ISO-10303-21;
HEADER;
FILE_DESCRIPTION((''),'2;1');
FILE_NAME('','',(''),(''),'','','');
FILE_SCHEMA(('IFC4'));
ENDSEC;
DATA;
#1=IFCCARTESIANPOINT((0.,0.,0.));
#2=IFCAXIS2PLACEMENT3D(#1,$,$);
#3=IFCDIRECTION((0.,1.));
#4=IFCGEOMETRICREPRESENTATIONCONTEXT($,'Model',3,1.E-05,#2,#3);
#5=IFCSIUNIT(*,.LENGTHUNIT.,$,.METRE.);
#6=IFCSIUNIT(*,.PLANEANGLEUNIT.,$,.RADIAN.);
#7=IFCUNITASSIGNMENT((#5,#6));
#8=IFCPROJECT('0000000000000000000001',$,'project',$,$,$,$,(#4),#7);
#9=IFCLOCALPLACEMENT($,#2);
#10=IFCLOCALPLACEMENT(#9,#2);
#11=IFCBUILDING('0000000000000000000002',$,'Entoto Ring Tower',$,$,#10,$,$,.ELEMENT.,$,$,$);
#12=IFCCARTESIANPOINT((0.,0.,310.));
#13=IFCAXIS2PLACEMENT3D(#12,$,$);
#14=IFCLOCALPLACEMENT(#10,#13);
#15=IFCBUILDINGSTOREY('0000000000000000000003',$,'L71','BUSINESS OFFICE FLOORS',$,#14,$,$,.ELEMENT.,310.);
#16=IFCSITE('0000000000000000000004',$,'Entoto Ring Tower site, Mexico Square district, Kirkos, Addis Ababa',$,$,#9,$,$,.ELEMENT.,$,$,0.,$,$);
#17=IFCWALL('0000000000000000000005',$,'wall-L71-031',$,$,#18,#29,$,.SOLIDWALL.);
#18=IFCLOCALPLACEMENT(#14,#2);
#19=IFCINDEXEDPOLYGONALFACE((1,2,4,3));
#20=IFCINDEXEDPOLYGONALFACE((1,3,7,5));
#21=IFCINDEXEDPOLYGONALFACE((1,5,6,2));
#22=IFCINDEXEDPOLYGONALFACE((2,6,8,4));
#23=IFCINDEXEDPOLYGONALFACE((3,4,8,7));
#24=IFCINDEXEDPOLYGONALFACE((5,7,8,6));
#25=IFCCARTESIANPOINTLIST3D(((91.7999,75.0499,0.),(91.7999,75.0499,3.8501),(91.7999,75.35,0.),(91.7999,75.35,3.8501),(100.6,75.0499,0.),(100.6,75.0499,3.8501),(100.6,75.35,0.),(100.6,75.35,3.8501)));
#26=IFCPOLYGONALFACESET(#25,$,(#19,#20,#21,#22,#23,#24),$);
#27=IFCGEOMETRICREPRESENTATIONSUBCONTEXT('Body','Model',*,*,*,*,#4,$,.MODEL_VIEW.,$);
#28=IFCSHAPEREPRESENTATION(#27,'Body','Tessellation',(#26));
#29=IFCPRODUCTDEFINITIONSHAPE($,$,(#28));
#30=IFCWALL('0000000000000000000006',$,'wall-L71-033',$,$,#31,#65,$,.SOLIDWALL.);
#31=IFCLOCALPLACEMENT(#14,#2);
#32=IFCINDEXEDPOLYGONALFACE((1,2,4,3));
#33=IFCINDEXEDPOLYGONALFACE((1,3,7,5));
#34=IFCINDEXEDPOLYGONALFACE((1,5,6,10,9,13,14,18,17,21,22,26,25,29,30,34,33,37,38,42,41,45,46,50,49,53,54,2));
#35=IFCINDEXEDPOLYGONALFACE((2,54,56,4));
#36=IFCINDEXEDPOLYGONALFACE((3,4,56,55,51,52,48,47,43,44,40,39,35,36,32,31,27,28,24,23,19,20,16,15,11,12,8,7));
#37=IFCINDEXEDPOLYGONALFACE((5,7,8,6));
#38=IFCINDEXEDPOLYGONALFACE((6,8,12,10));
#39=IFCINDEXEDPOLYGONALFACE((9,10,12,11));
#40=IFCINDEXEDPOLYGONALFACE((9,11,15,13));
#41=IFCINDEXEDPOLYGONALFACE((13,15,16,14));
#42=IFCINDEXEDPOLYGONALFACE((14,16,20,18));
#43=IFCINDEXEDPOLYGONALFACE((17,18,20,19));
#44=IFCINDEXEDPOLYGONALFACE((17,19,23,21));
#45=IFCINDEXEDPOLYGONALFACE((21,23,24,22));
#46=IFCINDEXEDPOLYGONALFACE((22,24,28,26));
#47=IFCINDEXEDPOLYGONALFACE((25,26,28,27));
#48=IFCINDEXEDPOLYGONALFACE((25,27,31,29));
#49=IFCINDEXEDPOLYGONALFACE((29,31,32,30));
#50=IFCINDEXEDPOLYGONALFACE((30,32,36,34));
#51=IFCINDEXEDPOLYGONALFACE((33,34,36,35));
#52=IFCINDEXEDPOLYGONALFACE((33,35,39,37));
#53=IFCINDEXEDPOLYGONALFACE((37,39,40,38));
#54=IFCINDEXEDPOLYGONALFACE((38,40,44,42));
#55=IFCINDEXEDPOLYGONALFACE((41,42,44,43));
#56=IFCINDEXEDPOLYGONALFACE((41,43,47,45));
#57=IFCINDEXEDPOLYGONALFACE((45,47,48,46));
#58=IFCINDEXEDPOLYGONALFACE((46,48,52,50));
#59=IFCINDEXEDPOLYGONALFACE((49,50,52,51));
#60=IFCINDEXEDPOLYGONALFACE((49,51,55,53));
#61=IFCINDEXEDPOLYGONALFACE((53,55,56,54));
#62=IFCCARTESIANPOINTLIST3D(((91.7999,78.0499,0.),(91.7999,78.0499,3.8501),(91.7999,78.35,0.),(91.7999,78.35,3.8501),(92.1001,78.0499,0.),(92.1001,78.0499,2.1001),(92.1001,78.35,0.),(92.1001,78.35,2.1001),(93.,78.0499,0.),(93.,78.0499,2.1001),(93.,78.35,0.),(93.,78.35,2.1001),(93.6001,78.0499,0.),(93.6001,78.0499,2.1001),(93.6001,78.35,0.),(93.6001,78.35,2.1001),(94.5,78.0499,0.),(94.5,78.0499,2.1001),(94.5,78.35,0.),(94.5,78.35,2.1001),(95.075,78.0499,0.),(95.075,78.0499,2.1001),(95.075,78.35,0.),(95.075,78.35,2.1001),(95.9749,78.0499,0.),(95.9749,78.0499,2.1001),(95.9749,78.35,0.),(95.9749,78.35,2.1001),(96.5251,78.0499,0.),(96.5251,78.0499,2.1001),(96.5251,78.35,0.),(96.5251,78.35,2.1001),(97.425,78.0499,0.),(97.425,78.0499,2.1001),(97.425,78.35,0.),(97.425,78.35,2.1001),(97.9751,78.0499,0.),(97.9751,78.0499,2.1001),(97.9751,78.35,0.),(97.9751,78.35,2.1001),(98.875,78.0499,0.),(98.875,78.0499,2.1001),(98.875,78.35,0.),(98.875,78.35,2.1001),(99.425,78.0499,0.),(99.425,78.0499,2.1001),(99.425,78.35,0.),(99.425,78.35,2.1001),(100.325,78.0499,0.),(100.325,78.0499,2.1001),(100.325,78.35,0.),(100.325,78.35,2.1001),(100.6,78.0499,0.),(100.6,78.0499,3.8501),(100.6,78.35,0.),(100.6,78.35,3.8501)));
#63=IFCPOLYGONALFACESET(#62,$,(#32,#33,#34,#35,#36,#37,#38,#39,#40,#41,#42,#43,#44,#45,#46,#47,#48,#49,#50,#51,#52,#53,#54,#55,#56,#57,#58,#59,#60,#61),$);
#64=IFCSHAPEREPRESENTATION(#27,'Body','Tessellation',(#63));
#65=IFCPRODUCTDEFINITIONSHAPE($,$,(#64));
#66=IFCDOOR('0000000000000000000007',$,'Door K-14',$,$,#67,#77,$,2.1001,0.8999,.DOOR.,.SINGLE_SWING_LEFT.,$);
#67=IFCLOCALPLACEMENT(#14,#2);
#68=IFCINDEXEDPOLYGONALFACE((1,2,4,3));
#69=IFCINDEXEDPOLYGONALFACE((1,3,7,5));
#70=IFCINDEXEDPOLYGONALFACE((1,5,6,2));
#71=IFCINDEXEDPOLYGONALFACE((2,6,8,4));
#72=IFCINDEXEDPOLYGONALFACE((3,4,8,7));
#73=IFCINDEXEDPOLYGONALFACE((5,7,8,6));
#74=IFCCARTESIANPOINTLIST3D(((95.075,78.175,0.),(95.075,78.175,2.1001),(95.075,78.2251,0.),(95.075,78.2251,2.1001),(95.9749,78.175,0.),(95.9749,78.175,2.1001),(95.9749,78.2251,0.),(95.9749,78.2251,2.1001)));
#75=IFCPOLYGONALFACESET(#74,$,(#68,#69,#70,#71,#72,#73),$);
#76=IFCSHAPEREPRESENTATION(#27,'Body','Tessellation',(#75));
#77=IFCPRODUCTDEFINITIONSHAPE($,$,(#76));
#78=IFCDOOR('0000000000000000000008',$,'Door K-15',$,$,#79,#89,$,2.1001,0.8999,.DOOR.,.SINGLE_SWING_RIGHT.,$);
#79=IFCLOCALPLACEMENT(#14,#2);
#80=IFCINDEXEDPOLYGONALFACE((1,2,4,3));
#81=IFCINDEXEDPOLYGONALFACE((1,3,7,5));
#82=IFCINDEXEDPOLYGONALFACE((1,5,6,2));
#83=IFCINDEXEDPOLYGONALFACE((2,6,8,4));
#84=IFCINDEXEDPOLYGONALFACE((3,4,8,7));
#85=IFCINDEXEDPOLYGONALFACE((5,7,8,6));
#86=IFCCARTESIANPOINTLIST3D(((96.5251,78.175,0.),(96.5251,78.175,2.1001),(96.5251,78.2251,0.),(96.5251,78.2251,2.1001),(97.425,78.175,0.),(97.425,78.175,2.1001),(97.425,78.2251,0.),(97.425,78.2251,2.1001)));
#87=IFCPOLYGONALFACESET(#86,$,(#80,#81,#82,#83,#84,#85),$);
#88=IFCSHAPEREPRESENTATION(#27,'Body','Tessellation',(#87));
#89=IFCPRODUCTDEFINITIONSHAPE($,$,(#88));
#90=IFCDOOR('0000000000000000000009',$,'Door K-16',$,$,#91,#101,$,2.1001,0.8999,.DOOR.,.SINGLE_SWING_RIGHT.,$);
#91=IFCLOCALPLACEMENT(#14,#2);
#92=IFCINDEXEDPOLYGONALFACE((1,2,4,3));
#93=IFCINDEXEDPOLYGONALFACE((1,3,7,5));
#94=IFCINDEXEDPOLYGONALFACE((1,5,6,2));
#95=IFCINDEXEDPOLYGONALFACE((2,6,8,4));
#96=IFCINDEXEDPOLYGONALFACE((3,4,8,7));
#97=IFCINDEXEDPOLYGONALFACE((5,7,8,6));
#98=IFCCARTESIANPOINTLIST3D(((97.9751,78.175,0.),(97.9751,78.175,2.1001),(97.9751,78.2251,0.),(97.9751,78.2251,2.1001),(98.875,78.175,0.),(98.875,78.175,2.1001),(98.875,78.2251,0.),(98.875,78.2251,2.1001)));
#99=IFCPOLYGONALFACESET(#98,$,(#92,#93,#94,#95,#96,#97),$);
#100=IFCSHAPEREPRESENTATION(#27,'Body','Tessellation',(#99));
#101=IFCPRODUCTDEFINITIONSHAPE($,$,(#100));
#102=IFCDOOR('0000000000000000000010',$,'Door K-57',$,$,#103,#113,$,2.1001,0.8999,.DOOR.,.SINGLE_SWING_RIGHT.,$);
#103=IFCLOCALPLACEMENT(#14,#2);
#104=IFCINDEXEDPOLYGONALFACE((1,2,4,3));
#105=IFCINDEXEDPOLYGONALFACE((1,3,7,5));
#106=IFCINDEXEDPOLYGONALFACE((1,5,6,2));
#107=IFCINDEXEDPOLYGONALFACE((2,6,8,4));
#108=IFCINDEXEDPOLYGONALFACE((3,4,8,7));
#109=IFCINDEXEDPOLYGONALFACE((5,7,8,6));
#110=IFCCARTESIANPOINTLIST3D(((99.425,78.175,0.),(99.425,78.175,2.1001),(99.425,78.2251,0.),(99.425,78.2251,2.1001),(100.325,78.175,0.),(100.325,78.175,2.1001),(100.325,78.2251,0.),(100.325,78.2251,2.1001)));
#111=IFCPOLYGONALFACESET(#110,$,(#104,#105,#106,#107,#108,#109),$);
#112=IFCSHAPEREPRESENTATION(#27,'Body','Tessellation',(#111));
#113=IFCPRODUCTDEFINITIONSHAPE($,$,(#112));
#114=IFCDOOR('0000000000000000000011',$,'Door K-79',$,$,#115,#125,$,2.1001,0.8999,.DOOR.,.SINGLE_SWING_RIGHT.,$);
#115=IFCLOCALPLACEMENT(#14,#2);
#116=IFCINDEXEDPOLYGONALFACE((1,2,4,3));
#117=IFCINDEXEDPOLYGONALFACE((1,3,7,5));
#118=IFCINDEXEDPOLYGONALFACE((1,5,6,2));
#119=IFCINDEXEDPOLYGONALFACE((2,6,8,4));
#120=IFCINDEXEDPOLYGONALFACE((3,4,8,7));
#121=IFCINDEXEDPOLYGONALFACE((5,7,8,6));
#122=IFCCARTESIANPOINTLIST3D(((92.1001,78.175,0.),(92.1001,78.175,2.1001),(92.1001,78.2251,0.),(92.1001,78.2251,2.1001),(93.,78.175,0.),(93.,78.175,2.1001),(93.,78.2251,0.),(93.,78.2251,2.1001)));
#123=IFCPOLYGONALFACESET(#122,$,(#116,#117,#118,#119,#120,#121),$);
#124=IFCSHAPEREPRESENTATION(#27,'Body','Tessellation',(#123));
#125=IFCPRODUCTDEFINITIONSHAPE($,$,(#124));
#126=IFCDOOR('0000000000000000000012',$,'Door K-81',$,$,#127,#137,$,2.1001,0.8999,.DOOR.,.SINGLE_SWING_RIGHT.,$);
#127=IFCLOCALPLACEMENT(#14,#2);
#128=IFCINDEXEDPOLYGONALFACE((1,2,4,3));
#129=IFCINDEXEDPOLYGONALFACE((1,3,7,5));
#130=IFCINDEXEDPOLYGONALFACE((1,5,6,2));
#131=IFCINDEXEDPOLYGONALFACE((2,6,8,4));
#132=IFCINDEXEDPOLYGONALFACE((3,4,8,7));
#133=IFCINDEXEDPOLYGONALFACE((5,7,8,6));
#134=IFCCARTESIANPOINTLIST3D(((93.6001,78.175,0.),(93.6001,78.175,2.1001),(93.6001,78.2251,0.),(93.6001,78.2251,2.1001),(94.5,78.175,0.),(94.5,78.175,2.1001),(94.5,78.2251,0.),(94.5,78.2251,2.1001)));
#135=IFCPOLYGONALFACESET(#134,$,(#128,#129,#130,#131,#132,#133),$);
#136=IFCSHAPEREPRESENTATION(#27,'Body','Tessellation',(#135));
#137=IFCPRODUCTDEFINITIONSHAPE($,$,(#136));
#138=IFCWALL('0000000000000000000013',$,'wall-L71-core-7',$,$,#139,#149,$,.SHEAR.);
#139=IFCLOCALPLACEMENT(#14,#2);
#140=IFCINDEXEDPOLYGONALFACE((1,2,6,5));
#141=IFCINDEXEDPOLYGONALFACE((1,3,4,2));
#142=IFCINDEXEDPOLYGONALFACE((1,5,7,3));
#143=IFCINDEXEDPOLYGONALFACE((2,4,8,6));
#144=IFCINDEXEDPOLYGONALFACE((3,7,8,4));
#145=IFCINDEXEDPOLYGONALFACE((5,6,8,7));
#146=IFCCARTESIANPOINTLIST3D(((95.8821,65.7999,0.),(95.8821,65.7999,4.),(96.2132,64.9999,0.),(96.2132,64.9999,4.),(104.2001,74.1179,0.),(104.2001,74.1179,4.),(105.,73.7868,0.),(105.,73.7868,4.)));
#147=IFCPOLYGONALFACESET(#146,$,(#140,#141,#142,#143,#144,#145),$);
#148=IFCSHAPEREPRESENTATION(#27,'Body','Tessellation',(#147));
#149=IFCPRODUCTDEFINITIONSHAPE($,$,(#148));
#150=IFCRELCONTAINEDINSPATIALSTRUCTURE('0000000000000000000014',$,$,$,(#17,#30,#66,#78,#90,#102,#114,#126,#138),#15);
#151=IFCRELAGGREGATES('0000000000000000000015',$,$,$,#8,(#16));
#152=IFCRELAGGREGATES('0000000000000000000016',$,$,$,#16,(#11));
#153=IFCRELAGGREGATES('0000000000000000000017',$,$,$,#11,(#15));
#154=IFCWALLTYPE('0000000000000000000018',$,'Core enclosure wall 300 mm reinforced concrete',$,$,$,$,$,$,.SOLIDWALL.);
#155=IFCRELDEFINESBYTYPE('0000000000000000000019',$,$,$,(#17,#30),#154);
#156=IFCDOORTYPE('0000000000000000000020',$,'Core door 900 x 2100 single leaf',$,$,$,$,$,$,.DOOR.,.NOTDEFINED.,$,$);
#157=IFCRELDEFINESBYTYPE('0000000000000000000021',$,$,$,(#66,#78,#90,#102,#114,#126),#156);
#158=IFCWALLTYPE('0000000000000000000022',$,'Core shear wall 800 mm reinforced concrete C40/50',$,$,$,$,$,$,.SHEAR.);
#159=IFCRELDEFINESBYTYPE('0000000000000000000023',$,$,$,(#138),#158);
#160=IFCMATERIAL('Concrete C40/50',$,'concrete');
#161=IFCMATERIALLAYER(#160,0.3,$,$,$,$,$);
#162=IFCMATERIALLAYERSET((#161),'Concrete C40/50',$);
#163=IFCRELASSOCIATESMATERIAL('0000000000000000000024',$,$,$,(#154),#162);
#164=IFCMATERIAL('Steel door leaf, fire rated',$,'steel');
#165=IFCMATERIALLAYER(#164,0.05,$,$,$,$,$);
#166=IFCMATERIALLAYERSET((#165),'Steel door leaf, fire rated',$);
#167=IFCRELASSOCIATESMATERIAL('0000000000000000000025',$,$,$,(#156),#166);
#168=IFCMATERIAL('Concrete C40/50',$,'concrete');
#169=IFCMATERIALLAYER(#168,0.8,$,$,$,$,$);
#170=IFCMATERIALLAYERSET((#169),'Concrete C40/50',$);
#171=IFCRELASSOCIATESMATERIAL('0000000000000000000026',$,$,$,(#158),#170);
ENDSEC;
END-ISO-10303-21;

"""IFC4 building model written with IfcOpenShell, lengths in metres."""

from ifc_helpers import new_model, si_unit, direction, frame, frame_2d, origin, place, context, subcontext, project, spatial, polyline, rectangle, outline, extrude, material, layer, layer_set, type_object, element, fill, save


model = new_model("IFC4")

# Units and contexts
model_context = context("Model", 3, precision=1e-05, world=origin(), true_north=direction((0.0, 1.0)))
body_context = subcontext(model_context, "Body", "Model", "MODEL_VIEW")
ifc_project = project(units=[si_unit("LENGTHUNIT", "METRE"), si_unit("PLANEANGLEUNIT", "RADIAN")], contexts=[model_context])

# Site, building, storey
site_placement = place(None, origin())
site = spatial("IfcSite", under=ifc_project, at=site_placement, Name="Entoto Ring Tower site, Mexico Square district, Kirkos, Addis Ababa", CompositionType="ELEMENT", RefElevation=0.0)
building_placement = place(site_placement, origin())
building = spatial("IfcBuilding", under=site, at=building_placement, Name="Entoto Ring Tower", CompositionType="ELEMENT")
storey_placement = place(building_placement, frame((0.0, 0.0, 310.0)))
storey = spatial("IfcBuildingStorey", under=building, at=storey_placement, Name="L71", Description="BUSINESS OFFICE FLOORS", CompositionType="ELEMENT", Elevation=310.0)

# Shared definitions
ifc_material_1 = material(Name="Concrete C40/50", Category="concrete")
ifc_layer_1 = layer(ifc_material_1, 0.3)
ifc_layer_set_1 = layer_set([ifc_layer_1], Name="Concrete C40/50")
wall_type_1 = type_object("IfcWallType", Name="Core enclosure wall 300 mm reinforced concrete", PredefinedType="SOLIDWALL", material=ifc_layer_set_1)

# Shared definitions
ifc_material_2 = material(Name="Steel door leaf, fire rated", Category="steel")
ifc_layer_2 = layer(ifc_material_2, 0.05)
ifc_layer_set_2 = layer_set([ifc_layer_2], Name="Steel door leaf, fire rated")
door_type_1 = type_object("IfcDoorType", Name="Core door 900 x 2100 single leaf", OperationType="NOTDEFINED", PredefinedType="DOOR", material=ifc_layer_set_2)

# Wall
wall_1_placement = place(storey_placement, frame((91.8, 75.2, 0.0), z_axis=(0.0, 0.0, 1.0), x_axis=(1.0, 0.0, 0.0)))
element("IfcWall", 1, at=wall_1_placement, inside=storey, type_object=wall_type_1, Name="wall-L71-031", PredefinedType="SOLIDWALL", context=body_context, shape_type="SweptSolid", body=[
    extrude(rectangle(XDim=8.8, YDim=0.3, at=frame_2d((4.3999, 0.0))), origin(), (0.0, 0.0, 1.0), 3.8501),
])

# Wall, openings, doors
wall_2_placement = place(storey_placement, frame((91.8, 78.2, 0.0), z_axis=(0.0, 0.0, 1.0), x_axis=(1.0, 0.0, 0.0)))
wall_2 = element("IfcWall", 2, at=wall_2_placement, inside=storey, type_object=wall_type_1, Name="wall-L71-033", PredefinedType="SOLIDWALL", context=body_context, shape_type="SweptSolid", body=[
    extrude(rectangle(XDim=8.8, YDim=0.3, at=frame_2d((4.3999, 0.0))), origin(), (0.0, 0.0, 1.0), 3.8501),
])
opening_1_placement = place(wall_2_placement, frame((3.2749, 0.0, 0.0)))
opening_1 = element("IfcOpeningElement", 3, at=opening_1_placement, cuts=wall_2, PredefinedType="OPENING", context=body_context, shape_type="SweptSolid", body=[
    extrude(rectangle(XDim=0.8999, YDim=2.1001, at=frame_2d((0.45, 1.05))), frame((0.0, 0.1602, 0.0), z_axis=(0.0, -1.0, 0.0), x_axis=(1.0, 0.0, 0.0)), (0.0, 0.0, 1.0), 0.3201),
])
opening_2_placement = place(wall_2_placement, frame((4.7251, 0.0, 0.0)))
opening_2 = element("IfcOpeningElement", 4, at=opening_2_placement, cuts=wall_2, PredefinedType="OPENING", context=body_context, shape_type="SweptSolid", body=[
    extrude(rectangle(XDim=0.8999, YDim=2.1001, at=frame_2d((0.45, 1.05))), frame((0.0, 0.1602, 0.0), z_axis=(0.0, -1.0, 0.0), x_axis=(1.0, 0.0, 0.0)), (0.0, 0.0, 1.0), 0.3201),
])
opening_3_placement = place(wall_2_placement, frame((6.175, 0.0, 0.0)))
opening_3 = element("IfcOpeningElement", 5, at=opening_3_placement, cuts=wall_2, PredefinedType="OPENING", context=body_context, shape_type="SweptSolid", body=[
    extrude(rectangle(XDim=0.8999, YDim=2.1001, at=frame_2d((0.45, 1.05))), frame((0.0, 0.1602, 0.0), z_axis=(0.0, -1.0, 0.0), x_axis=(1.0, 0.0, 0.0)), (0.0, 0.0, 1.0), 0.3201),
])
opening_4_placement = place(wall_2_placement, frame((7.625, 0.0, 0.0)))
opening_4 = element("IfcOpeningElement", 6, at=opening_4_placement, cuts=wall_2, PredefinedType="OPENING", context=body_context, shape_type="SweptSolid", body=[
    extrude(rectangle(XDim=0.8999, YDim=2.1001, at=frame_2d((0.45, 1.05))), frame((0.0, 0.1602, 0.0), z_axis=(0.0, -1.0, 0.0), x_axis=(1.0, 0.0, 0.0)), (0.0, 0.0, 1.0), 0.3201),
])
opening_5_placement = place(wall_2_placement, frame((0.3, 0.0, 0.0)))
opening_5 = element("IfcOpeningElement", 7, at=opening_5_placement, cuts=wall_2, PredefinedType="OPENING", context=body_context, shape_type="SweptSolid", body=[
    extrude(rectangle(XDim=0.8999, YDim=2.1001, at=frame_2d((0.45, 1.05))), frame((0.0, 0.1602, 0.0), z_axis=(0.0, -1.0, 0.0), x_axis=(1.0, 0.0, 0.0)), (0.0, 0.0, 1.0), 0.3201),
])
opening_6_placement = place(wall_2_placement, frame((1.8, 0.0, 0.0)))
opening_6 = element("IfcOpeningElement", 8, at=opening_6_placement, cuts=wall_2, PredefinedType="OPENING", context=body_context, shape_type="SweptSolid", body=[
    extrude(rectangle(XDim=0.8999, YDim=2.1001, at=frame_2d((0.45, 1.05))), frame((0.0, 0.1602, 0.0), z_axis=(0.0, -1.0, 0.0), x_axis=(1.0, 0.0, 0.0)), (0.0, 0.0, 1.0), 0.3201),
])
door_1_placement = place(opening_1_placement, frame((0.8999, 0.0, 0.0), z_axis=(0.0, 0.0, 1.0), x_axis=(-1.0, 0.0, 0.0)))
door_1 = element("IfcDoor", 9, at=door_1_placement, inside=storey, type_object=door_type_1, Name="Door K-14", OperationType="SINGLE_SWING_LEFT", OverallHeight=2.1001, OverallWidth=0.8999, PredefinedType="DOOR", context=body_context, shape_type="SweptSolid", body=[
    extrude(rectangle(XDim=0.8999, YDim=2.1001, at=frame_2d((0.45, 1.05))), frame((0.0, 0.0249, 0.0), z_axis=(0.0, -1.0, 0.0), x_axis=(1.0, 0.0, 0.0)), (0.0, 0.0, 1.0), 0.05),
])
fill(opening_1, door_1)
door_2_placement = place(opening_2_placement, frame((0.8999, 0.0, 0.0), z_axis=(0.0, 0.0, 1.0), x_axis=(-1.0, 0.0, 0.0)))
door_2 = element("IfcDoor", 10, at=door_2_placement, inside=storey, type_object=door_type_1, Name="Door K-15", OperationType="SINGLE_SWING_RIGHT", OverallHeight=2.1001, OverallWidth=0.8999, PredefinedType="DOOR", context=body_context, shape_type="SweptSolid", body=[
    extrude(rectangle(XDim=0.8999, YDim=2.1001, at=frame_2d((0.45, 1.05))), frame((0.0, 0.0249, 0.0), z_axis=(0.0, -1.0, 0.0), x_axis=(1.0, 0.0, 0.0)), (0.0, 0.0, 1.0), 0.05),
])
fill(opening_2, door_2)
door_3_placement = place(opening_3_placement, frame((0.8999, 0.0, 0.0), z_axis=(0.0, 0.0, 1.0), x_axis=(-1.0, 0.0, 0.0)))
door_3 = element("IfcDoor", 11, at=door_3_placement, inside=storey, type_object=door_type_1, Name="Door K-16", OperationType="SINGLE_SWING_RIGHT", OverallHeight=2.1001, OverallWidth=0.8999, PredefinedType="DOOR", context=body_context, shape_type="SweptSolid", body=[
    extrude(rectangle(XDim=0.8999, YDim=2.1001, at=frame_2d((0.45, 1.05))), frame((0.0, 0.0249, 0.0), z_axis=(0.0, -1.0, 0.0), x_axis=(1.0, 0.0, 0.0)), (0.0, 0.0, 1.0), 0.05),
])
fill(opening_3, door_3)
door_4_placement = place(opening_4_placement, frame((0.8999, 0.0, 0.0), z_axis=(0.0, 0.0, 1.0), x_axis=(-1.0, 0.0, 0.0)))
door_4 = element("IfcDoor", 12, at=door_4_placement, inside=storey, type_object=door_type_1, Name="Door K-57", OperationType="SINGLE_SWING_RIGHT", OverallHeight=2.1001, OverallWidth=0.8999, PredefinedType="DOOR", context=body_context, shape_type="SweptSolid", body=[
    extrude(rectangle(XDim=0.8999, YDim=2.1001, at=frame_2d((0.45, 1.05))), frame((0.0, 0.0249, 0.0), z_axis=(0.0, -1.0, 0.0), x_axis=(1.0, 0.0, 0.0)), (0.0, 0.0, 1.0), 0.05),
])
fill(opening_4, door_4)
door_5_placement = place(opening_5_placement, frame((0.8999, 0.0, 0.0), z_axis=(0.0, 0.0, 1.0), x_axis=(-1.0, 0.0, 0.0)))
door_5 = element("IfcDoor", 13, at=door_5_placement, inside=storey, type_object=door_type_1, Name="Door K-79", OperationType="SINGLE_SWING_RIGHT", OverallHeight=2.1001, OverallWidth=0.8999, PredefinedType="DOOR", context=body_context, shape_type="SweptSolid", body=[
    extrude(rectangle(XDim=0.8999, YDim=2.1001, at=frame_2d((0.45, 1.05))), frame((0.0, 0.0249, 0.0), z_axis=(0.0, -1.0, 0.0), x_axis=(1.0, 0.0, 0.0)), (0.0, 0.0, 1.0), 0.05),
])
fill(opening_5, door_5)
door_6_placement = place(opening_6_placement, frame((0.8999, 0.0, 0.0), z_axis=(0.0, 0.0, 1.0), x_axis=(-1.0, 0.0, 0.0)))
door_6 = element("IfcDoor", 14, at=door_6_placement, inside=storey, type_object=door_type_1, Name="Door K-81", OperationType="SINGLE_SWING_RIGHT", OverallHeight=2.1001, OverallWidth=0.8999, PredefinedType="DOOR", context=body_context, shape_type="SweptSolid", body=[
    extrude(rectangle(XDim=0.8999, YDim=2.1001, at=frame_2d((0.45, 1.05))), frame((0.0, 0.0249, 0.0), z_axis=(0.0, -1.0, 0.0), x_axis=(1.0, 0.0, 0.0)), (0.0, 0.0, 1.0), 0.05),
])
fill(opening_6, door_6)

# Wall
ifc_material_3 = material(Name="Concrete C40/50", Category="concrete")
ifc_layer_3 = layer(ifc_material_3, 0.8)
ifc_layer_set_3 = layer_set([ifc_layer_3], Name="Concrete C40/50")
wall_type_2 = type_object("IfcWallType", Name="Core shear wall 800 mm reinforced concrete C40/50", PredefinedType="SHEAR", material=ifc_layer_set_3)
wall_3_placement = place(storey_placement, frame((96.0476, 65.3999, 0.0), z_axis=(0.0, 0.0, 1.0), x_axis=(0.707107, 0.707107, 0.0)))
element("IfcWall", 15, at=wall_3_placement, inside=storey, type_object=wall_type_2, Name="wall-L71-core-7", PredefinedType="SHEAR", context=body_context, shape_type="SweptSolid", body=[
    extrude(outline(polyline([(-0.1658, -0.3999), (12.2607, -0.3999), (11.9292, 0.3999), (0.1658, 0.3999), (-0.1658, -0.3999)])), origin(), (0.0, 0.0, 1.0), 4.0),
])

save(model, "model.ifc")
